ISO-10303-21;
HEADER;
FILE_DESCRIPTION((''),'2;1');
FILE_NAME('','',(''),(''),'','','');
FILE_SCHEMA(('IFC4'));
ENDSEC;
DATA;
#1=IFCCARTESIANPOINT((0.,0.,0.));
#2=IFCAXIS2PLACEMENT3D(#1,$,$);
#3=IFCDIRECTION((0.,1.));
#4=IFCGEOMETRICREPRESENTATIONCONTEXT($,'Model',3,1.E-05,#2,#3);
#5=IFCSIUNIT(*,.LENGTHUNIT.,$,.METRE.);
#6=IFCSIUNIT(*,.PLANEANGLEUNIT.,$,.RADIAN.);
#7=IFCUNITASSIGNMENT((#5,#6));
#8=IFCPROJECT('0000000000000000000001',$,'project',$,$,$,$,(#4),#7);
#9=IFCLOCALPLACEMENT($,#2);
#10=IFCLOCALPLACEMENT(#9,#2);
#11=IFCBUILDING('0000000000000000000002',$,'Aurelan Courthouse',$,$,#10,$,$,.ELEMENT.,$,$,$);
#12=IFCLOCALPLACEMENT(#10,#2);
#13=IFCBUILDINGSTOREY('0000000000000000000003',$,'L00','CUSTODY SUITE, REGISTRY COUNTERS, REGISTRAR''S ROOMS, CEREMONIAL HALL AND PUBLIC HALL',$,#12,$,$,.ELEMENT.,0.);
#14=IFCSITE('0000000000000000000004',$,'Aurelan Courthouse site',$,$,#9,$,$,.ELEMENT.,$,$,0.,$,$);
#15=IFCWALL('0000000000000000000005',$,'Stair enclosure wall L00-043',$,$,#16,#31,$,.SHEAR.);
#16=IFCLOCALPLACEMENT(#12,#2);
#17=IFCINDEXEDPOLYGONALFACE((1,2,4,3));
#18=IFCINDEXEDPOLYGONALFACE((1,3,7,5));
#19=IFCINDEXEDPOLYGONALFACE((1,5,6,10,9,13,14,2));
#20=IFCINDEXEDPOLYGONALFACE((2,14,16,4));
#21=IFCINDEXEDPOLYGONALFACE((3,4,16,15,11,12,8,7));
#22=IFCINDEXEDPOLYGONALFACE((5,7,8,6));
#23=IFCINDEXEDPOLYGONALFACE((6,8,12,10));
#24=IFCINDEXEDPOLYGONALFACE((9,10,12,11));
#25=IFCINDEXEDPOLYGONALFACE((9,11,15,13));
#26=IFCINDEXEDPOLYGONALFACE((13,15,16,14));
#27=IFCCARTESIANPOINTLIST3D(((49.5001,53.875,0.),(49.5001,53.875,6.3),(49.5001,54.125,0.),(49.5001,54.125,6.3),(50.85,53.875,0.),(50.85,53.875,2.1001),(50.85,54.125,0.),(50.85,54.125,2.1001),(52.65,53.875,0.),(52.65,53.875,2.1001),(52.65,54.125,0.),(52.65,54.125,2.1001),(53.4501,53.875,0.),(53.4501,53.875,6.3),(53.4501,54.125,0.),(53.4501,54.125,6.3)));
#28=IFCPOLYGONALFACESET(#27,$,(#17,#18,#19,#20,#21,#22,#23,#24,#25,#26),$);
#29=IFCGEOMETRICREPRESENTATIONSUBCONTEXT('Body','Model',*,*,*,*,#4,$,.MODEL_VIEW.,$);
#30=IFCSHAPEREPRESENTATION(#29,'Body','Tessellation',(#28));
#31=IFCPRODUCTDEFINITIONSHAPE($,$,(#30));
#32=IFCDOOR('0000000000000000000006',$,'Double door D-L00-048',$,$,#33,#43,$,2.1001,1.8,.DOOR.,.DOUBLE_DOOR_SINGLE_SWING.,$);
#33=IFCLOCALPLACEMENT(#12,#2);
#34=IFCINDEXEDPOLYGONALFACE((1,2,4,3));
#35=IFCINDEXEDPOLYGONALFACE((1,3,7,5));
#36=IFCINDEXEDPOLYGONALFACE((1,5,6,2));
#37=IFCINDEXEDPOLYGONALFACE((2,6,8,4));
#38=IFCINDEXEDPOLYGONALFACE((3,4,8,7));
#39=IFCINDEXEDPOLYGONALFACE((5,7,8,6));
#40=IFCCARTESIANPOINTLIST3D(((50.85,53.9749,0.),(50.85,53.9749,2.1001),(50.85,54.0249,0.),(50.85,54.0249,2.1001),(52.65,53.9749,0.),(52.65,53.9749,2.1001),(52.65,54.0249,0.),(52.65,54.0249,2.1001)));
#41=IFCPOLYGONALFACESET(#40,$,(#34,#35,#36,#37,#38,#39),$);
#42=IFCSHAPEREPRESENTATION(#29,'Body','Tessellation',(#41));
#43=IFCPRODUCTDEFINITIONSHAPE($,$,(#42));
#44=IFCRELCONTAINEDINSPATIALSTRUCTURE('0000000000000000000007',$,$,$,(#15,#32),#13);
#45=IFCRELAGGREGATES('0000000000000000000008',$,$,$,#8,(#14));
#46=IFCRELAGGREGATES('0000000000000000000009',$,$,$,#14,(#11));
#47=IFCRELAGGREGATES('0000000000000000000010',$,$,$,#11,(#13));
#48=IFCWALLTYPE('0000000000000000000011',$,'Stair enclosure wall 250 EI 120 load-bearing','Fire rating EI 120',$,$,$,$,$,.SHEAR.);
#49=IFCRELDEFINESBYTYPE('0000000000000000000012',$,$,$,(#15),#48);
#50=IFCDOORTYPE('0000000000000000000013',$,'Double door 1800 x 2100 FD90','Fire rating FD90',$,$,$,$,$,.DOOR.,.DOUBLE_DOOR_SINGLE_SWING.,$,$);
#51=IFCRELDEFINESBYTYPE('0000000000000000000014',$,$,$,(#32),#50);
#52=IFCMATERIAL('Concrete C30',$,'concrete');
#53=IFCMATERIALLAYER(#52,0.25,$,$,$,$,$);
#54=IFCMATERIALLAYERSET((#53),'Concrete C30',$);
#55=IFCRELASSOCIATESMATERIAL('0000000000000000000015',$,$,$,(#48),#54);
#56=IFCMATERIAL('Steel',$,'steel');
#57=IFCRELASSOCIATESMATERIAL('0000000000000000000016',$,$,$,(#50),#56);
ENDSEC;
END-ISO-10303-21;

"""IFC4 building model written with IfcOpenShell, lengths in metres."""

from ifc_helpers import new_model, si_unit, direction, frame, frame_2d, origin, place, context, subcontext, project, spatial, rectangle, extrude, material, layer, layer_set, type_object, element, fill, save


model = new_model("IFC4")

# Units and contexts
model_context = context("Model", 3, precision=1e-05, world=origin(), true_north=direction((0.0, 1.0)))
body_context = subcontext(model_context, "Body", "Model", "MODEL_VIEW")
ifc_project = project(units=[si_unit("LENGTHUNIT", "METRE"), si_unit("PLANEANGLEUNIT", "RADIAN")], contexts=[model_context])

# Site, building, storey
site_placement = place(None, origin())
site = spatial("IfcSite", under=ifc_project, at=site_placement, Name="Aurelan Courthouse site", CompositionType="ELEMENT", RefElevation=0.0)
building_placement = place(site_placement, origin())
building = spatial("IfcBuilding", under=site, at=building_placement, Name="Aurelan Courthouse", CompositionType="ELEMENT")
storey_placement = place(building_placement, origin())
storey = spatial("IfcBuildingStorey", under=building, at=storey_placement, Name="L00", Description="CUSTODY SUITE, REGISTRY COUNTERS, REGISTRAR'S ROOMS, CEREMONIAL HALL AND PUBLIC HALL", CompositionType="ELEMENT", Elevation=0.0)

# Shared definitions
ifc_material_1 = material(Name="Steel", Category="steel")

# Shared definitions
ifc_material_2 = material(Name="Concrete C30", Category="concrete")

# Wall, opening, door
ifc_layer_1 = layer(ifc_material_2, 0.25)
ifc_layer_set_1 = layer_set([ifc_layer_1], Name="Concrete C30")
wall_type_1 = type_object("IfcWallType", Name="Stair enclosure wall 250 EI 120 load-bearing", Description="Fire rating EI 120", PredefinedType="SHEAR", material=ifc_layer_set_1)
wall_1_placement = place(storey_placement, frame((49.5, 54.0, 0.0), z_axis=(0.0, 0.0, 1.0), x_axis=(1.0, 0.0, 0.0)))
wall_1 = element("IfcWall", 1, at=wall_1_placement, inside=storey, type_object=wall_type_1, Name="Stair enclosure wall L00-043", PredefinedType="SHEAR", context=body_context, shape_type="SweptSolid", body=[
    extrude(rectangle(XDim=3.95, YDim=0.25, at=frame_2d((1.9751, 0.0))), origin(), (0.0, 0.0, 1.0), 6.3),
])
opening_1_placement = place(wall_1_placement, frame((1.3501, 0.0, 0.0)))
opening_1 = element("IfcOpeningElement", 2, at=opening_1_placement, cuts=wall_1, PredefinedType="OPENING", context=body_context, shape_type="SweptSolid", body=[
    extrude(rectangle(XDim=1.8, YDim=2.1001, at=frame_2d((0.8999, 1.05))), frame((0.0, 0.135, 0.0), z_axis=(0.0, -1.0, 0.0), x_axis=(1.0, 0.0, 0.0)), (0.0, 0.0, 1.0), 0.27),
])
door_type_1 = type_object("IfcDoorType", Name="Double door 1800 x 2100 FD90", Description="Fire rating FD90", OperationType="DOUBLE_DOOR_SINGLE_SWING", PredefinedType="DOOR", material=ifc_material_1)
door_1_placement = place(opening_1_placement, origin())
door_1 = element("IfcDoor", 3, at=door_1_placement, inside=storey, type_object=door_type_1, Name="Double door D-L00-048", OperationType="DOUBLE_DOOR_SINGLE_SWING", OverallHeight=2.1001, OverallWidth=1.8, PredefinedType="DOOR", context=body_context, shape_type="SweptSolid", body=[
    extrude(rectangle(XDim=1.8, YDim=2.1001, at=frame_2d((0.8999, 1.05))), frame((0.0, 0.0249, 0.0), z_axis=(0.0, -1.0, 0.0), x_axis=(1.0, 0.0, 0.0)), (0.0, 0.0, 1.0), 0.05),
])
fill(opening_1, door_1)

save(model, "model.ifc")
